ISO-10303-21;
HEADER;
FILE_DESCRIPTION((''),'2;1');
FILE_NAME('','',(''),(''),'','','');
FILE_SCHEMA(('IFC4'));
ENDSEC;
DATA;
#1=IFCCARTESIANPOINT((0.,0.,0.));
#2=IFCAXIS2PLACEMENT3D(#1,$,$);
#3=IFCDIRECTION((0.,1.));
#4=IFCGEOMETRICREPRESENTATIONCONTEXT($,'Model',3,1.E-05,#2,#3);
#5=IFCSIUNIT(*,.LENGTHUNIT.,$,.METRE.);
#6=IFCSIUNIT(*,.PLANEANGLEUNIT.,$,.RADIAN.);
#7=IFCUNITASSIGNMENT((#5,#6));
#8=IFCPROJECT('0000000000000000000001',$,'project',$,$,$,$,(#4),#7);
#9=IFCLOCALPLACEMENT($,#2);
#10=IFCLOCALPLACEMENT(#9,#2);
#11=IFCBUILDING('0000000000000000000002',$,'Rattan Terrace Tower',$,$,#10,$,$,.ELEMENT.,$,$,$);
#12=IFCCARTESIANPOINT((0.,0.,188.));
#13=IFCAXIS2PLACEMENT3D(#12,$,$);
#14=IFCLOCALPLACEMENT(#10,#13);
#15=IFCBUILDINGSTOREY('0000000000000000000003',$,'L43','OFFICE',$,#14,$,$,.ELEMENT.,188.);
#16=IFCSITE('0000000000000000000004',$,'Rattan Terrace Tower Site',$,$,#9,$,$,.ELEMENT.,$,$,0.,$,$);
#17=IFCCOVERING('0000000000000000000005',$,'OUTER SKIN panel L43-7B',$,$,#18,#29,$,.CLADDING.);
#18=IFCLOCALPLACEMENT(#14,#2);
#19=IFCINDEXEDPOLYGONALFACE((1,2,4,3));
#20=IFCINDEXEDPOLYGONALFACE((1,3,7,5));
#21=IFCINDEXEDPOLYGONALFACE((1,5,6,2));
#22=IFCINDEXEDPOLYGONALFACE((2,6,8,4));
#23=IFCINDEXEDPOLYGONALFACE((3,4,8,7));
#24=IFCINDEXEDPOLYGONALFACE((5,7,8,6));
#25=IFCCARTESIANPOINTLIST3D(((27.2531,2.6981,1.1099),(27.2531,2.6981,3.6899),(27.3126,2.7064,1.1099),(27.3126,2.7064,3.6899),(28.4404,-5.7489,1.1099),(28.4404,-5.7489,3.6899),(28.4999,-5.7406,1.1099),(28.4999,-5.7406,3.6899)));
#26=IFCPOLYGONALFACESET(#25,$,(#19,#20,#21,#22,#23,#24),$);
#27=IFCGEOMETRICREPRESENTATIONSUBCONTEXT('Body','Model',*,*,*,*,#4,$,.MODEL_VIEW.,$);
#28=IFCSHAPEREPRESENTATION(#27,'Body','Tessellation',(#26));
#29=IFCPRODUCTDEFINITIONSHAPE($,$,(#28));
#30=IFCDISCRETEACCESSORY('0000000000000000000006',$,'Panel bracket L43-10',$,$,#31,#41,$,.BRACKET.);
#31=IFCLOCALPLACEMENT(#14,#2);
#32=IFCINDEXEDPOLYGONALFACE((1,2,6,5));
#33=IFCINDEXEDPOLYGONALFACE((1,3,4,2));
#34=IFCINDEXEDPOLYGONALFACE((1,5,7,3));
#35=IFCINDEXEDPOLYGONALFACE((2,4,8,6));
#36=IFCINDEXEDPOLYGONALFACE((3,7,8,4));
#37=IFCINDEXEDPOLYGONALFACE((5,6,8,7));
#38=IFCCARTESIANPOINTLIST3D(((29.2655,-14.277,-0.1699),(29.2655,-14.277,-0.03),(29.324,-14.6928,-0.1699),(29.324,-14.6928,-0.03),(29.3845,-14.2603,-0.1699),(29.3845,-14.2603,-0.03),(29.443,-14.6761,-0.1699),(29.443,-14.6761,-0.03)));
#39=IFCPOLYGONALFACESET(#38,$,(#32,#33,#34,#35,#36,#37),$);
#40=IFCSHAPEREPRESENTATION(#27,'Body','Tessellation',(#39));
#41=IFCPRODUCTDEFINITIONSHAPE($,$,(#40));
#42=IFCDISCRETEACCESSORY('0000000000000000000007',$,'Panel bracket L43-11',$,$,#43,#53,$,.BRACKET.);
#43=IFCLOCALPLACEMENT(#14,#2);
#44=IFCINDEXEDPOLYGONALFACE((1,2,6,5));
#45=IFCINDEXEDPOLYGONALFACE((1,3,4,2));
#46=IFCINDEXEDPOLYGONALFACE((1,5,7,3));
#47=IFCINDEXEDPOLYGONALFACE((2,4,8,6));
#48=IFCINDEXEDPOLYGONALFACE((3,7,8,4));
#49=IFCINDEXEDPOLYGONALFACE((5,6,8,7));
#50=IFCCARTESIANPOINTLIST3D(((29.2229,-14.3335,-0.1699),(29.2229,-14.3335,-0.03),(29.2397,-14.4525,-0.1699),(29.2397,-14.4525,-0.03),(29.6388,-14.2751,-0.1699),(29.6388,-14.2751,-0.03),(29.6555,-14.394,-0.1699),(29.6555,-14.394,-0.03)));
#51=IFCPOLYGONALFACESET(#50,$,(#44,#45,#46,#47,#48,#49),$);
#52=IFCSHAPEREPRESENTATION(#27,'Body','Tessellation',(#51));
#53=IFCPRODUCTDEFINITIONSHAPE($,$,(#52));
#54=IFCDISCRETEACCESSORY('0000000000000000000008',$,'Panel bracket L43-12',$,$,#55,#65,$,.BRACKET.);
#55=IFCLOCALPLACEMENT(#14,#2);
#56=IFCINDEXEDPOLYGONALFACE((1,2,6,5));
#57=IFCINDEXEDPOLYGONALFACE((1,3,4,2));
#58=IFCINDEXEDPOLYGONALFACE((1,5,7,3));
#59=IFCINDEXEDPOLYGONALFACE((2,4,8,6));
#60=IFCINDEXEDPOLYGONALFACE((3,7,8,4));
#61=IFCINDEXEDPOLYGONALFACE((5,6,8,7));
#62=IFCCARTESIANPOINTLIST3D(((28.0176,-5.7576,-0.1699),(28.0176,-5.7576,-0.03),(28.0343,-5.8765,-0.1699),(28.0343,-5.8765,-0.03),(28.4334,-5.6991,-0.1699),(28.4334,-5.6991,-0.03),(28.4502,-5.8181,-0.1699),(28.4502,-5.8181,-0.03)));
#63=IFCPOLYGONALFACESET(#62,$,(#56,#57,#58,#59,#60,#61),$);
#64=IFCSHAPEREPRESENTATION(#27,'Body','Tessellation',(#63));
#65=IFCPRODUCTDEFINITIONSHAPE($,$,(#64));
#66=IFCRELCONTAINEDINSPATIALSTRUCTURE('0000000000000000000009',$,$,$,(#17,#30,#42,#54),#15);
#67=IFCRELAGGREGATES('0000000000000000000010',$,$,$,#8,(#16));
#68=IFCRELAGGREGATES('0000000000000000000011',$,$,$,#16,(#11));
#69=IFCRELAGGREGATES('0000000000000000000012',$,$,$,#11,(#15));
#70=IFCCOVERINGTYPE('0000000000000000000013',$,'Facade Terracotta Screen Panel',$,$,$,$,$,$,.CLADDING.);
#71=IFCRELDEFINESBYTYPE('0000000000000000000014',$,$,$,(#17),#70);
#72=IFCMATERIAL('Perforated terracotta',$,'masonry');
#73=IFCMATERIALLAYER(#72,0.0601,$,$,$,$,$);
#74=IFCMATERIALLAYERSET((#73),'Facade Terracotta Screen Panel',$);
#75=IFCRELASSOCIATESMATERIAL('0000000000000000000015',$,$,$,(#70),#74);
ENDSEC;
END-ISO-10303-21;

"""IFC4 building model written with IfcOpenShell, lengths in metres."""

from ifc_helpers import new_model, si_unit, direction, frame, origin, origin_2d, place, context, subcontext, project, spatial, rectangle, extrude, material, layer, layer_set, type_object, element, save


model = new_model("IFC4")

# Units and contexts
model_context = context("Model", 3, precision=1e-05, world=origin(), true_north=direction((0.0, 1.0)))
body_context = subcontext(model_context, "Body", "Model", "MODEL_VIEW")
ifc_project = project(units=[si_unit("LENGTHUNIT", "METRE"), si_unit("PLANEANGLEUNIT", "RADIAN")], contexts=[model_context])

# Site, building, storey
site_placement = place(None, origin())
site = spatial("IfcSite", under=ifc_project, at=site_placement, Name="Rattan Terrace Tower Site", CompositionType="ELEMENT", RefElevation=0.0)
building_placement = place(site_placement, origin())
building = spatial("IfcBuilding", under=site, at=building_placement, Name="Rattan Terrace Tower", CompositionType="ELEMENT")
storey_placement = place(building_placement, frame((0.0, 0.0, 188.0)))
storey = spatial("IfcBuildingStorey", under=building, at=storey_placement, Name="L43", Description="OFFICE", CompositionType="ELEMENT", Elevation=188.0)

# Covering
ifc_material_1 = material(Name="Perforated terracotta", Category="masonry")
ifc_layer_1 = layer(ifc_material_1, 0.0601)
ifc_layer_set_1 = layer_set([ifc_layer_1], Name="Facade Terracotta Screen Panel")
covering_type_1 = type_object("IfcCoveringType", Name="Facade Terracotta Screen Panel", PredefinedType="CLADDING", material=ifc_layer_set_1)
covering_1_placement = place(storey_placement, frame((27.8765, -1.5212, 1.1099), z_axis=(0.0, 0.0, 1.0), x_axis=(-0.139191, 0.990266, 0.0)))
element("IfcCovering", 1, at=covering_1_placement, inside=storey, type_object=covering_type_1, Name="OUTER SKIN panel L43-7B", PredefinedType="CLADDING", context=body_context, shape_type="SweptSolid", body=[
    extrude(rectangle(XDim=8.53, YDim=0.0601, at=origin_2d()), origin(), (0.0, 0.0, 1.0), 2.5801),
])

# Discrete accessories
for number, where, z_axis, x_axis, name in (
    (2, (29.3542, -14.4766, -0.1699), (0.0, 0.0, 1.0), (0.990254, 0.139275, 0.0), "Panel bracket L43-10"),
    (3, (29.4392, -14.3638, -0.1699), (0.0, 0.0, 1.0), (-0.139191, 0.990266, 0.0), "Panel bracket L43-11"),
    (4, (28.2339, -5.7878, -0.1699), (0.0, 0.0, 1.0), (-0.139191, 0.990266, 0.0), "Panel bracket L43-12"),
):
    element("IfcDiscreteAccessory", number, at=place(storey_placement, frame(where, z_axis=z_axis, x_axis=x_axis)), inside=storey, Name=name, PredefinedType="BRACKET", context=body_context, shape_type="SweptSolid", body=[
        extrude(rectangle(XDim=0.1201, YDim=0.4199, at=origin_2d()), origin(), (0.0, 0.0, 1.0), 0.1399),
    ])

save(model, "model.ifc")
